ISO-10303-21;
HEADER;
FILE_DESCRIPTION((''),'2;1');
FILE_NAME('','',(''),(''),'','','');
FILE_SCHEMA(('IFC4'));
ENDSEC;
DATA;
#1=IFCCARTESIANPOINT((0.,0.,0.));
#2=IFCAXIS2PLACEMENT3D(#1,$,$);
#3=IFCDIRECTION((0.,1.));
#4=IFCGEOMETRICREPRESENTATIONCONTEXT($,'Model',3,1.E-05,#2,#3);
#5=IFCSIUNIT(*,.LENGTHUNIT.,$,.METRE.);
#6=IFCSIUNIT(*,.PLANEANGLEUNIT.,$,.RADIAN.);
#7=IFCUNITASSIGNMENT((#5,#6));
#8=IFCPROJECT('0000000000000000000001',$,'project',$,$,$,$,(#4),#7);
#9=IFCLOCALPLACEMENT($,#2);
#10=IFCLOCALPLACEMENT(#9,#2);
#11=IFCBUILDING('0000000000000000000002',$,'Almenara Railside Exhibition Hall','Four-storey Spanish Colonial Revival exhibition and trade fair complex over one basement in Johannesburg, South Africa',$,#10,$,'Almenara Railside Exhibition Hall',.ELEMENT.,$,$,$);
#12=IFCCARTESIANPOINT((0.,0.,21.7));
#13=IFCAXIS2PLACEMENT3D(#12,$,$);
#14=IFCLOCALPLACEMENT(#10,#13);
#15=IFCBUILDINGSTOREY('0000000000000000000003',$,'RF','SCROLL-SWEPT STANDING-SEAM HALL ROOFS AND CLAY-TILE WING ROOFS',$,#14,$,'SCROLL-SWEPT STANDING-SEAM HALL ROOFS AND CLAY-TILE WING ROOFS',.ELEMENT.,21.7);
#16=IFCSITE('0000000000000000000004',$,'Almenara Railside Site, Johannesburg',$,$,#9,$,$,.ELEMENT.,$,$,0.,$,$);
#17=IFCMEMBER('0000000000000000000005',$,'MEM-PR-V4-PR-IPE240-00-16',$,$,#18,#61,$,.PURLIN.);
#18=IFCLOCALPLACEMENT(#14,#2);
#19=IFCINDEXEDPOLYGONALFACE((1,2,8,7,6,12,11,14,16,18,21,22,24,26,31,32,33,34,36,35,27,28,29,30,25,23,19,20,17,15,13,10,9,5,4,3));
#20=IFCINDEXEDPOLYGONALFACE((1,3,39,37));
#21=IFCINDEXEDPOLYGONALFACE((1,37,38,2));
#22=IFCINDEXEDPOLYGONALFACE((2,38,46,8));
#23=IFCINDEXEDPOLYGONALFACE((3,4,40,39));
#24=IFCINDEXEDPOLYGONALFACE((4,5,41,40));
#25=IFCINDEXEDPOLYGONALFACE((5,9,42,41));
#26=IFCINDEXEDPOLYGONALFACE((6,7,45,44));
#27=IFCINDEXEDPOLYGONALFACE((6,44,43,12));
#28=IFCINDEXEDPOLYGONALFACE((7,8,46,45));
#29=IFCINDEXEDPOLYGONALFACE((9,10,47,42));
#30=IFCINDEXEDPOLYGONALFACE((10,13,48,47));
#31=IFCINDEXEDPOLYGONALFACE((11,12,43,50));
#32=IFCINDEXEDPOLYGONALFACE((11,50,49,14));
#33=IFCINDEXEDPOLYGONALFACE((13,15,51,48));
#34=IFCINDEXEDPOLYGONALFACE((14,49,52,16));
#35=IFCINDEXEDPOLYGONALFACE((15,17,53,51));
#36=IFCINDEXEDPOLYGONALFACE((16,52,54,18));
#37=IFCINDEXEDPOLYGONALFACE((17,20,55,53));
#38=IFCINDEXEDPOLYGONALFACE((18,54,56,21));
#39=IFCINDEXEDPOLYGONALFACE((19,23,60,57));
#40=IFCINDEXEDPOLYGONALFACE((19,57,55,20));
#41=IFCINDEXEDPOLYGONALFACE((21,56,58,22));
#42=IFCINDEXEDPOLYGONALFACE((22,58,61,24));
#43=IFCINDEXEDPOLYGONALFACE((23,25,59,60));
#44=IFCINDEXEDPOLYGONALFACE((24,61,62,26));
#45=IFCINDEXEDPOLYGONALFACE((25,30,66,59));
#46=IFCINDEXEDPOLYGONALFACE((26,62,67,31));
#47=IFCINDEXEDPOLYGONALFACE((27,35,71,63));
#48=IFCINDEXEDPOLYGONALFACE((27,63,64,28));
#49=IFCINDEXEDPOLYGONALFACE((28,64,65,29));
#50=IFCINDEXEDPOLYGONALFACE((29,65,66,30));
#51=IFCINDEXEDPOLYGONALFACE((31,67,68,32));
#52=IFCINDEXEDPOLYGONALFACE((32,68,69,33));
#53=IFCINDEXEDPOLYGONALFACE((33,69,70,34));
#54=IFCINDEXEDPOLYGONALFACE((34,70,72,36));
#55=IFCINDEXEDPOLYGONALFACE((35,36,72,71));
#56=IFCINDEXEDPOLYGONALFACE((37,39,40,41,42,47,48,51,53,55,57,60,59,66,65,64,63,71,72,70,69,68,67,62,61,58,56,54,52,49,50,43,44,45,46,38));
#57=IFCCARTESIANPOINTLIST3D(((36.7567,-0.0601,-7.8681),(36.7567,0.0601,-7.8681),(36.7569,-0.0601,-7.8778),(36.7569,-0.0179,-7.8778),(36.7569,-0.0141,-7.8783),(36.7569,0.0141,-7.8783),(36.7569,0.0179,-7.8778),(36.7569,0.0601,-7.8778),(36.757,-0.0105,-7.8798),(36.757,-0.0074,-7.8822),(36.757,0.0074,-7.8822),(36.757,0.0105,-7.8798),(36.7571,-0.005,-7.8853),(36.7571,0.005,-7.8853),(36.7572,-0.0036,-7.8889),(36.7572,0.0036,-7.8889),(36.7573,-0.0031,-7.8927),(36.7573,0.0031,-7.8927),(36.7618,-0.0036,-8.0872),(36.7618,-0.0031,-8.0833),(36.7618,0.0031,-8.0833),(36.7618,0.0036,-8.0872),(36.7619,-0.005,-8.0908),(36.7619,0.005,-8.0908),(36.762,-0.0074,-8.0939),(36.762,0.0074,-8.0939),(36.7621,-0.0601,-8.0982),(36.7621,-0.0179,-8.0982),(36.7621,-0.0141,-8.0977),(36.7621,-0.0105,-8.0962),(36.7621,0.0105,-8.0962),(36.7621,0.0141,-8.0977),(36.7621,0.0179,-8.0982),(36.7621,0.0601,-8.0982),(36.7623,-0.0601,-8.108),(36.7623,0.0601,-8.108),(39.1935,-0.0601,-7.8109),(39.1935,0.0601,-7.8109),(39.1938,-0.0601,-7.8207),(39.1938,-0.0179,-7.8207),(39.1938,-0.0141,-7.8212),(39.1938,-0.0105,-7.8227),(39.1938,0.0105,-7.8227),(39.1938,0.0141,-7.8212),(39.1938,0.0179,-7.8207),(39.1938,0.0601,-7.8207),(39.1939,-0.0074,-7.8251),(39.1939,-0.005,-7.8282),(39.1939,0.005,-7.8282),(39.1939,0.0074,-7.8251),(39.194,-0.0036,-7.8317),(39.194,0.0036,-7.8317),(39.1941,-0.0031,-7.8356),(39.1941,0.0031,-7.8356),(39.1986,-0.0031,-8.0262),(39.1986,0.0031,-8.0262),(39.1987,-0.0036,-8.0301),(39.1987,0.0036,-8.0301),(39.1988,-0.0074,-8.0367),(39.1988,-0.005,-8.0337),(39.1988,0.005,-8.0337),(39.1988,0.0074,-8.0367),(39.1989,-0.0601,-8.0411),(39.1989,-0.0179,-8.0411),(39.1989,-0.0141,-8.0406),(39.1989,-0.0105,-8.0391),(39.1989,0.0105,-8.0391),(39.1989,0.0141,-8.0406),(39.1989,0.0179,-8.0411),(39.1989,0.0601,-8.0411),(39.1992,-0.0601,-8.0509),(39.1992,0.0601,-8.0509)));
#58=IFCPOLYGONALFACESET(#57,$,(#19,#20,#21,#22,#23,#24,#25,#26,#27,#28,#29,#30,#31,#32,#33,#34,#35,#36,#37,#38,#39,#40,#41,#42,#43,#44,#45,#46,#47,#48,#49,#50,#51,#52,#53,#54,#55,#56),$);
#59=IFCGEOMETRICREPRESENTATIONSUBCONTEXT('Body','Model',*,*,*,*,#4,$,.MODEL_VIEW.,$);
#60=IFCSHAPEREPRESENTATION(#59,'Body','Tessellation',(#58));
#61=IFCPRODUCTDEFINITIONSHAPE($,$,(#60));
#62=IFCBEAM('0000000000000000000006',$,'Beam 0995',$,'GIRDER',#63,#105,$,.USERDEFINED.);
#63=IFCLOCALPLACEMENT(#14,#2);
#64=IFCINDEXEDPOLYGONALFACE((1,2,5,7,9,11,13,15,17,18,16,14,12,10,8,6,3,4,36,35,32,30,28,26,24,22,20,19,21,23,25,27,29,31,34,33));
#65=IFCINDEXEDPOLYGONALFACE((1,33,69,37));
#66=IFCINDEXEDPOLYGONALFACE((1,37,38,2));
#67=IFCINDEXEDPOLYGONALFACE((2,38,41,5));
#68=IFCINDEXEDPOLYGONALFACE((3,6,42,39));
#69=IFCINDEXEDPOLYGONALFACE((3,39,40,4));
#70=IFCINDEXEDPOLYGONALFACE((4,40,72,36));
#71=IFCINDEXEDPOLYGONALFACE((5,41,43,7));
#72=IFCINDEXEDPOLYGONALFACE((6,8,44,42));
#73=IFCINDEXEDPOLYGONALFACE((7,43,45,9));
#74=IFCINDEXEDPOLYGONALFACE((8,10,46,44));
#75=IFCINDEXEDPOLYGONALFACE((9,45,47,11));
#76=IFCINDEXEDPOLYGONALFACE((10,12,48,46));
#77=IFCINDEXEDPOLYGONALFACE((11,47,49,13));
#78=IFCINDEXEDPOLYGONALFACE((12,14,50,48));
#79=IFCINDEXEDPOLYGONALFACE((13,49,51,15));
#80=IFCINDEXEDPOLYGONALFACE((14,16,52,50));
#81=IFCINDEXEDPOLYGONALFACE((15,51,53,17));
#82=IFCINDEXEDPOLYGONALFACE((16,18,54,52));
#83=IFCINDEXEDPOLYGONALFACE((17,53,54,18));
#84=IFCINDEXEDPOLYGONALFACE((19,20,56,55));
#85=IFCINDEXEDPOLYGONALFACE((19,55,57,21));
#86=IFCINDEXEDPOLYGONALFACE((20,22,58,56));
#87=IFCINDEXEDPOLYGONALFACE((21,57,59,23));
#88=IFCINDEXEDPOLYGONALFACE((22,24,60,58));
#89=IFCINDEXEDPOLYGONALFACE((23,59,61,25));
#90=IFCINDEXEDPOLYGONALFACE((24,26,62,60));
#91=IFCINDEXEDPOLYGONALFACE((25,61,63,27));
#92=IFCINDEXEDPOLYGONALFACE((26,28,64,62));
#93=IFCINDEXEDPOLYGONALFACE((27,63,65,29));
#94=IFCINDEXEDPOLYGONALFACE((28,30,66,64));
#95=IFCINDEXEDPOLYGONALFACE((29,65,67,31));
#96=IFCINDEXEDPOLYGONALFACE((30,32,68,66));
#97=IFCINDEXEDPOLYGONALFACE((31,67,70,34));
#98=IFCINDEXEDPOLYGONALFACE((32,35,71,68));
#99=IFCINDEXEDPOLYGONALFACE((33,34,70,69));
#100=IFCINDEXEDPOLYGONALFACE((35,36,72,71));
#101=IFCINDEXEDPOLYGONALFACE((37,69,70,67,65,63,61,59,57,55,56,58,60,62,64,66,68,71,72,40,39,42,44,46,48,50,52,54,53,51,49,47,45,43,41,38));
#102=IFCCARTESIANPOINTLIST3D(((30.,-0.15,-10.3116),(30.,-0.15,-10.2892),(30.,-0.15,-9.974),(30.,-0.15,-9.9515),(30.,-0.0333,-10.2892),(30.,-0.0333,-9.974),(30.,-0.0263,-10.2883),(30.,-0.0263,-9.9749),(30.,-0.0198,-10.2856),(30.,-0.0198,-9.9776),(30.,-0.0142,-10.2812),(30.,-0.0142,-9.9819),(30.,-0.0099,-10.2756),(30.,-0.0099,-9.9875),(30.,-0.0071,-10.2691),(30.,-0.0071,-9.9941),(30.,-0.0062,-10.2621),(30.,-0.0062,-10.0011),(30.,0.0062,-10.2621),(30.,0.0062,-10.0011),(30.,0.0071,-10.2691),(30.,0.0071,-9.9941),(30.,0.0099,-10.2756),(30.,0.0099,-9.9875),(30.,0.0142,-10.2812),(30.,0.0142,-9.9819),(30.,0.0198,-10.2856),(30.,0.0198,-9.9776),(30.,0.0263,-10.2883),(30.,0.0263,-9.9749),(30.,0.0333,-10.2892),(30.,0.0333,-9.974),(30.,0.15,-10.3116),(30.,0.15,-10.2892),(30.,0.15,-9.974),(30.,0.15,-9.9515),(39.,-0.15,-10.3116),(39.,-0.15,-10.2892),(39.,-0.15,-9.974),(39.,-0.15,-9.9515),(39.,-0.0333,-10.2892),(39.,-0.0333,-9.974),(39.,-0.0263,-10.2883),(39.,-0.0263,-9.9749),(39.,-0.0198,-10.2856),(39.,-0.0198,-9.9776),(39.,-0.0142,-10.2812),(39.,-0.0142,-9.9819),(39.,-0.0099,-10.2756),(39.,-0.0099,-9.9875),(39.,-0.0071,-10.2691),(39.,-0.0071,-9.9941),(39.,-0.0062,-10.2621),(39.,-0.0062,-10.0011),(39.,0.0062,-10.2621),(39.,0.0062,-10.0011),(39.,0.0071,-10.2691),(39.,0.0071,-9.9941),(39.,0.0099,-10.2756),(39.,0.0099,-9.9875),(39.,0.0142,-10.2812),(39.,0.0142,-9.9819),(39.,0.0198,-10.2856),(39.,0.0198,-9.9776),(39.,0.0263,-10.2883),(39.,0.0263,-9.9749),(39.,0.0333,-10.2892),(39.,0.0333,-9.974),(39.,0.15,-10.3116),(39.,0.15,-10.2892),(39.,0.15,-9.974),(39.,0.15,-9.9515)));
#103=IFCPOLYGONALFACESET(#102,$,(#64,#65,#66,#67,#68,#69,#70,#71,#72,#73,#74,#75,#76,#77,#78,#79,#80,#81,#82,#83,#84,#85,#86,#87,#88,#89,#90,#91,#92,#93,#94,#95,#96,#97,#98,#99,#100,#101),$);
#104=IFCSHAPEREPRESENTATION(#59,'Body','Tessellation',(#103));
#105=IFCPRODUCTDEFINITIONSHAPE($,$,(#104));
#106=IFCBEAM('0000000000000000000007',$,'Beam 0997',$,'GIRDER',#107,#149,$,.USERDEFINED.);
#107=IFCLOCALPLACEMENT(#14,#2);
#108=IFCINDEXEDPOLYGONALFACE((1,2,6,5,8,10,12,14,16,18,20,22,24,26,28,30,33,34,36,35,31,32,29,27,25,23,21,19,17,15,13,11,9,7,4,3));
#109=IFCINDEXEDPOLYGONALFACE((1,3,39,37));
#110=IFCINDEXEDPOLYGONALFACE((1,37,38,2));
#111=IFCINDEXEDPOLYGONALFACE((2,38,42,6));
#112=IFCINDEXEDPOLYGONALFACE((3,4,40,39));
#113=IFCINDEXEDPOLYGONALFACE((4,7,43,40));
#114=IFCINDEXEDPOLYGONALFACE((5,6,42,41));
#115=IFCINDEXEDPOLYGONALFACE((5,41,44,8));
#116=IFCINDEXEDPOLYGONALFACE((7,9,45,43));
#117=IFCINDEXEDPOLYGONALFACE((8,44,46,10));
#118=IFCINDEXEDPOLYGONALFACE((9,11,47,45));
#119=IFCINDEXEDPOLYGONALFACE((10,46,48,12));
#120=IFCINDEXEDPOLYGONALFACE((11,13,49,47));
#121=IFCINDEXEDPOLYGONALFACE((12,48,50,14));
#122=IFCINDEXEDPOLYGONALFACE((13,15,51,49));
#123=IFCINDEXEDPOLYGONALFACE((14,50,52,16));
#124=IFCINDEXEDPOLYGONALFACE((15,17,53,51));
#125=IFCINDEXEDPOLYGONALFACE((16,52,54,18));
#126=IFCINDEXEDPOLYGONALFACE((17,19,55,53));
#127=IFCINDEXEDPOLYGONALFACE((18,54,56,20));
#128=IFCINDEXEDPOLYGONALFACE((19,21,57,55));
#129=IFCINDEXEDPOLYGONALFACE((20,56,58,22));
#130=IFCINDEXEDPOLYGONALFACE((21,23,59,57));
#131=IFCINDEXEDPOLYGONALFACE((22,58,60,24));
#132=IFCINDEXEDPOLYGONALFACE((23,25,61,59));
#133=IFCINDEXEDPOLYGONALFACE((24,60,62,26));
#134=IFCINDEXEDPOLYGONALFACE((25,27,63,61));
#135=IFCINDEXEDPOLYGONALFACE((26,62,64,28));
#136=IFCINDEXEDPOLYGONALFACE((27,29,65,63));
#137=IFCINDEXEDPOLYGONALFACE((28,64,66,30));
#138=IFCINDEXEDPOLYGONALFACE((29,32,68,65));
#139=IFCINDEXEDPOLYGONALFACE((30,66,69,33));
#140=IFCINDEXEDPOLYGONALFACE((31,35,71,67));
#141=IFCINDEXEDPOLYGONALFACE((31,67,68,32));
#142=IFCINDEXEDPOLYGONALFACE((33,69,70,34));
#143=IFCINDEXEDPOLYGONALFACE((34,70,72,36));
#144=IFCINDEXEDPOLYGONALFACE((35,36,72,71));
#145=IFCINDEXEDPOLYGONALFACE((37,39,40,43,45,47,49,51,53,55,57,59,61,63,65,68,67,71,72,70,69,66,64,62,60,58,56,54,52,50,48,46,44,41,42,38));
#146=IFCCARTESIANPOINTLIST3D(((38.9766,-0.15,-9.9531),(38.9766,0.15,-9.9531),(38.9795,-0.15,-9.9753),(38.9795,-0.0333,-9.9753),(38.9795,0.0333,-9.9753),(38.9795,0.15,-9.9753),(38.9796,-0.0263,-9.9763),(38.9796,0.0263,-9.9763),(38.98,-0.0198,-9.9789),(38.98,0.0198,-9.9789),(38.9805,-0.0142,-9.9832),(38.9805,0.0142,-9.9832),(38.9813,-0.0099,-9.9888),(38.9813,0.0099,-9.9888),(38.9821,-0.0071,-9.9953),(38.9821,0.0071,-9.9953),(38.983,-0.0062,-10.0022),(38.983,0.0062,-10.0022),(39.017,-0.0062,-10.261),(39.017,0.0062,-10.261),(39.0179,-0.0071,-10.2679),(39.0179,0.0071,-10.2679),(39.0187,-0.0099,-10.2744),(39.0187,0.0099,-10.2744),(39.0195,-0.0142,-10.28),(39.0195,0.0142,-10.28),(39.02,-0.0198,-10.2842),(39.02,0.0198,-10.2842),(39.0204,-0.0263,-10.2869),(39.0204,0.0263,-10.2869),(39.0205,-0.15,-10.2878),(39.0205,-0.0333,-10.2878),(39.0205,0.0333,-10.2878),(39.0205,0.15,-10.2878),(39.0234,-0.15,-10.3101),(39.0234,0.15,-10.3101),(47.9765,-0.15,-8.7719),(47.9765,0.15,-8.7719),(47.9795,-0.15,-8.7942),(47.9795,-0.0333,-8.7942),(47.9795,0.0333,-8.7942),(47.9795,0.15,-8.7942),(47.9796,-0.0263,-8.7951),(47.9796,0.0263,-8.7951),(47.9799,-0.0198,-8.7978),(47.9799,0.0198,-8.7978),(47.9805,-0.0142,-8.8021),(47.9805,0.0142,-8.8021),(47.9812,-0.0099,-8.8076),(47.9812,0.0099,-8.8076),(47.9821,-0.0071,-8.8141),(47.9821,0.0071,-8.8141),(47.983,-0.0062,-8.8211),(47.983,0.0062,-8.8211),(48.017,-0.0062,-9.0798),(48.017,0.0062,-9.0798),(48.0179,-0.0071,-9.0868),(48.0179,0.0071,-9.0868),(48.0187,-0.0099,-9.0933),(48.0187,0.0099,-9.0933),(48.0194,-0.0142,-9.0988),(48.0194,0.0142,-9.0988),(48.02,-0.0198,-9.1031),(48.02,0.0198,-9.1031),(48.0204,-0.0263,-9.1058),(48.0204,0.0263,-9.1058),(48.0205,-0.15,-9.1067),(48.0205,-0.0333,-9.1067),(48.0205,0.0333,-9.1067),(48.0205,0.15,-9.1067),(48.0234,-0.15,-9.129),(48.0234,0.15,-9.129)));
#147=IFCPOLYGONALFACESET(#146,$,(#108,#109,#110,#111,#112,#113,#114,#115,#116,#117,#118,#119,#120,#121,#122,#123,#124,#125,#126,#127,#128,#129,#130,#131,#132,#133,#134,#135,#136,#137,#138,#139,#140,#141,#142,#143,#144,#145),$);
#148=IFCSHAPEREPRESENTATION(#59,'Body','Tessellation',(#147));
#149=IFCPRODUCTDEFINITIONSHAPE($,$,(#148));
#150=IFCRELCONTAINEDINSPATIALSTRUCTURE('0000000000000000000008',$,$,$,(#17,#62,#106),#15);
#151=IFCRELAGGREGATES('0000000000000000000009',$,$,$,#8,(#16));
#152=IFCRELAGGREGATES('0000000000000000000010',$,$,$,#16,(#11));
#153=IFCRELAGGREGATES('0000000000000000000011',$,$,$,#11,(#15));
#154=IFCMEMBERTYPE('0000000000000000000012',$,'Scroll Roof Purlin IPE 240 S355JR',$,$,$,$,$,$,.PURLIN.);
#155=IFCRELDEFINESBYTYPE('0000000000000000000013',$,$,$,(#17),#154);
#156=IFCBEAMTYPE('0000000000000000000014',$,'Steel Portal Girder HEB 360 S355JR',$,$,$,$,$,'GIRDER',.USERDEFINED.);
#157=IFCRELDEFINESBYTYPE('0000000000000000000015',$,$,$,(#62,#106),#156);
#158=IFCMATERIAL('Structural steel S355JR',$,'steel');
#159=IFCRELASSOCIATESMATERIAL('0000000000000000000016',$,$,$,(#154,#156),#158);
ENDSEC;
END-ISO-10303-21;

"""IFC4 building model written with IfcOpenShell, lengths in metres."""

from ifc_helpers import new_model, si_unit, direction, frame, origin, origin_2d, place, context, subcontext, project, spatial, i_section, extrude, material, material_profile, profile_set, type_object, element, save


model = new_model("IFC4")

# Units and contexts
model_context = context("Model", 3, precision=1e-05, world=origin(), true_north=direction((0.0, 1.0)))
body_context = subcontext(model_context, "Body", "Model", "MODEL_VIEW")
ifc_project = project(units=[si_unit("LENGTHUNIT", "METRE"), si_unit("PLANEANGLEUNIT", "RADIAN")], contexts=[model_context])

# Site, building, storey
site_placement = place(None, origin())
site = spatial("IfcSite", under=ifc_project, at=site_placement, Name="Almenara Railside Site, Johannesburg", CompositionType="ELEMENT", RefElevation=0.0)
building_placement = place(site_placement, origin())
building = spatial("IfcBuilding", under=site, at=building_placement, Name="Almenara Railside Exhibition Hall", Description="Four-storey Spanish Colonial Revival exhibition and trade fair complex over one basement in Johannesburg, South Africa", LongName="Almenara Railside Exhibition Hall", CompositionType="ELEMENT")
storey_placement = place(building_placement, frame((0.0, 0.0, 21.7)))
storey = spatial("IfcBuildingStorey", under=building, at=storey_placement, Name="RF", Description="SCROLL-SWEPT STANDING-SEAM HALL ROOFS AND CLAY-TILE WING ROOFS", LongName="SCROLL-SWEPT STANDING-SEAM HALL ROOFS AND CLAY-TILE WING ROOFS", CompositionType="ELEMENT", Elevation=21.7)

# Member
ifc_material = material(Name="Structural steel S355JR", Category="steel")
ifc_material_profile_1 = material_profile(ifc_material, i_section(OverallWidth=0.1201, OverallDepth=0.24, WebThickness=0.0061, FlangeThickness=0.0098, FilletRadius=0.0149, at=origin_2d()), Name="IPE 240")
ifc_profile_set_1 = profile_set([ifc_material_profile_1], Name="Structural steel S355JR")
member_type_1 = type_object("IfcMemberType", Name="Scroll Roof Purlin IPE 240 S355JR", PredefinedType="PURLIN", material=ifc_profile_set_1)
member_1_placement = place(storey_placement, frame((36.7595, 0.0, -7.988), z_axis=(0.999725, 0.0, 0.023438), x_axis=(0.0, 1.0, 0.0)))
element("IfcMember", 1, at=member_1_placement, inside=storey, type_object=member_type_1, Name="MEM-PR-V4-PR-IPE240-00-16", PredefinedType="PURLIN", context=body_context, shape_type="SweptSolid", body=[
    extrude(i_section(OverallWidth=0.1201, OverallDepth=0.24, WebThickness=0.0061, FlangeThickness=0.0098, FilletRadius=0.0149, at=origin_2d()), origin(), (0.0, 0.0, 1.0), 2.4375),
])

# Beams
ifc_material_profile_2 = material_profile(ifc_material, i_section(OverallWidth=0.3, OverallDepth=0.3601, WebThickness=0.0125, FlangeThickness=0.0225, FilletRadius=0.0271, at=origin_2d()), Name="HEB 360")
ifc_profile_set_2 = profile_set([ifc_material_profile_2], Name="Structural steel S355JR")
beam_type = type_object("IfcBeamType", Name="Steel Portal Girder HEB 360 S355JR", ElementType="GIRDER", PredefinedType="USERDEFINED", material=ifc_profile_set_2)
beam_1_placement = place(storey_placement, frame((30.0, 0.0, -10.1316), z_axis=(1.0, 0.0, 0.0), x_axis=(0.0, 1.0, 0.0)))
element("IfcBeam", 2, at=beam_1_placement, inside=storey, type_object=beam_type, Name="Beam 0995", ObjectType="GIRDER", PredefinedType="USERDEFINED", context=body_context, shape_type="SweptSolid", body=[
    extrude(i_section(OverallWidth=0.3, OverallDepth=0.3601, WebThickness=0.0125, FlangeThickness=0.0225, FilletRadius=0.0271, at=origin_2d()), origin(), (0.0, 0.0, 1.0), 9.0),
])
beam_2_placement = place(storey_placement, frame((39.0, 0.0, -10.1316), z_axis=(0.991498, 0.0, 0.130123), x_axis=(0.0, 1.0, 0.0)))
element("IfcBeam", 3, at=beam_2_placement, inside=storey, type_object=beam_type, Name="Beam 0997", ObjectType="GIRDER", PredefinedType="USERDEFINED", context=body_context, shape_type="SweptSolid", body=[
    extrude(i_section(OverallWidth=0.3, OverallDepth=0.3601, WebThickness=0.0125, FlangeThickness=0.0225, FilletRadius=0.0271, at=origin_2d()), origin(), (0.0, 0.0, 1.0), 9.0771),
])

save(model, "model.ifc")
